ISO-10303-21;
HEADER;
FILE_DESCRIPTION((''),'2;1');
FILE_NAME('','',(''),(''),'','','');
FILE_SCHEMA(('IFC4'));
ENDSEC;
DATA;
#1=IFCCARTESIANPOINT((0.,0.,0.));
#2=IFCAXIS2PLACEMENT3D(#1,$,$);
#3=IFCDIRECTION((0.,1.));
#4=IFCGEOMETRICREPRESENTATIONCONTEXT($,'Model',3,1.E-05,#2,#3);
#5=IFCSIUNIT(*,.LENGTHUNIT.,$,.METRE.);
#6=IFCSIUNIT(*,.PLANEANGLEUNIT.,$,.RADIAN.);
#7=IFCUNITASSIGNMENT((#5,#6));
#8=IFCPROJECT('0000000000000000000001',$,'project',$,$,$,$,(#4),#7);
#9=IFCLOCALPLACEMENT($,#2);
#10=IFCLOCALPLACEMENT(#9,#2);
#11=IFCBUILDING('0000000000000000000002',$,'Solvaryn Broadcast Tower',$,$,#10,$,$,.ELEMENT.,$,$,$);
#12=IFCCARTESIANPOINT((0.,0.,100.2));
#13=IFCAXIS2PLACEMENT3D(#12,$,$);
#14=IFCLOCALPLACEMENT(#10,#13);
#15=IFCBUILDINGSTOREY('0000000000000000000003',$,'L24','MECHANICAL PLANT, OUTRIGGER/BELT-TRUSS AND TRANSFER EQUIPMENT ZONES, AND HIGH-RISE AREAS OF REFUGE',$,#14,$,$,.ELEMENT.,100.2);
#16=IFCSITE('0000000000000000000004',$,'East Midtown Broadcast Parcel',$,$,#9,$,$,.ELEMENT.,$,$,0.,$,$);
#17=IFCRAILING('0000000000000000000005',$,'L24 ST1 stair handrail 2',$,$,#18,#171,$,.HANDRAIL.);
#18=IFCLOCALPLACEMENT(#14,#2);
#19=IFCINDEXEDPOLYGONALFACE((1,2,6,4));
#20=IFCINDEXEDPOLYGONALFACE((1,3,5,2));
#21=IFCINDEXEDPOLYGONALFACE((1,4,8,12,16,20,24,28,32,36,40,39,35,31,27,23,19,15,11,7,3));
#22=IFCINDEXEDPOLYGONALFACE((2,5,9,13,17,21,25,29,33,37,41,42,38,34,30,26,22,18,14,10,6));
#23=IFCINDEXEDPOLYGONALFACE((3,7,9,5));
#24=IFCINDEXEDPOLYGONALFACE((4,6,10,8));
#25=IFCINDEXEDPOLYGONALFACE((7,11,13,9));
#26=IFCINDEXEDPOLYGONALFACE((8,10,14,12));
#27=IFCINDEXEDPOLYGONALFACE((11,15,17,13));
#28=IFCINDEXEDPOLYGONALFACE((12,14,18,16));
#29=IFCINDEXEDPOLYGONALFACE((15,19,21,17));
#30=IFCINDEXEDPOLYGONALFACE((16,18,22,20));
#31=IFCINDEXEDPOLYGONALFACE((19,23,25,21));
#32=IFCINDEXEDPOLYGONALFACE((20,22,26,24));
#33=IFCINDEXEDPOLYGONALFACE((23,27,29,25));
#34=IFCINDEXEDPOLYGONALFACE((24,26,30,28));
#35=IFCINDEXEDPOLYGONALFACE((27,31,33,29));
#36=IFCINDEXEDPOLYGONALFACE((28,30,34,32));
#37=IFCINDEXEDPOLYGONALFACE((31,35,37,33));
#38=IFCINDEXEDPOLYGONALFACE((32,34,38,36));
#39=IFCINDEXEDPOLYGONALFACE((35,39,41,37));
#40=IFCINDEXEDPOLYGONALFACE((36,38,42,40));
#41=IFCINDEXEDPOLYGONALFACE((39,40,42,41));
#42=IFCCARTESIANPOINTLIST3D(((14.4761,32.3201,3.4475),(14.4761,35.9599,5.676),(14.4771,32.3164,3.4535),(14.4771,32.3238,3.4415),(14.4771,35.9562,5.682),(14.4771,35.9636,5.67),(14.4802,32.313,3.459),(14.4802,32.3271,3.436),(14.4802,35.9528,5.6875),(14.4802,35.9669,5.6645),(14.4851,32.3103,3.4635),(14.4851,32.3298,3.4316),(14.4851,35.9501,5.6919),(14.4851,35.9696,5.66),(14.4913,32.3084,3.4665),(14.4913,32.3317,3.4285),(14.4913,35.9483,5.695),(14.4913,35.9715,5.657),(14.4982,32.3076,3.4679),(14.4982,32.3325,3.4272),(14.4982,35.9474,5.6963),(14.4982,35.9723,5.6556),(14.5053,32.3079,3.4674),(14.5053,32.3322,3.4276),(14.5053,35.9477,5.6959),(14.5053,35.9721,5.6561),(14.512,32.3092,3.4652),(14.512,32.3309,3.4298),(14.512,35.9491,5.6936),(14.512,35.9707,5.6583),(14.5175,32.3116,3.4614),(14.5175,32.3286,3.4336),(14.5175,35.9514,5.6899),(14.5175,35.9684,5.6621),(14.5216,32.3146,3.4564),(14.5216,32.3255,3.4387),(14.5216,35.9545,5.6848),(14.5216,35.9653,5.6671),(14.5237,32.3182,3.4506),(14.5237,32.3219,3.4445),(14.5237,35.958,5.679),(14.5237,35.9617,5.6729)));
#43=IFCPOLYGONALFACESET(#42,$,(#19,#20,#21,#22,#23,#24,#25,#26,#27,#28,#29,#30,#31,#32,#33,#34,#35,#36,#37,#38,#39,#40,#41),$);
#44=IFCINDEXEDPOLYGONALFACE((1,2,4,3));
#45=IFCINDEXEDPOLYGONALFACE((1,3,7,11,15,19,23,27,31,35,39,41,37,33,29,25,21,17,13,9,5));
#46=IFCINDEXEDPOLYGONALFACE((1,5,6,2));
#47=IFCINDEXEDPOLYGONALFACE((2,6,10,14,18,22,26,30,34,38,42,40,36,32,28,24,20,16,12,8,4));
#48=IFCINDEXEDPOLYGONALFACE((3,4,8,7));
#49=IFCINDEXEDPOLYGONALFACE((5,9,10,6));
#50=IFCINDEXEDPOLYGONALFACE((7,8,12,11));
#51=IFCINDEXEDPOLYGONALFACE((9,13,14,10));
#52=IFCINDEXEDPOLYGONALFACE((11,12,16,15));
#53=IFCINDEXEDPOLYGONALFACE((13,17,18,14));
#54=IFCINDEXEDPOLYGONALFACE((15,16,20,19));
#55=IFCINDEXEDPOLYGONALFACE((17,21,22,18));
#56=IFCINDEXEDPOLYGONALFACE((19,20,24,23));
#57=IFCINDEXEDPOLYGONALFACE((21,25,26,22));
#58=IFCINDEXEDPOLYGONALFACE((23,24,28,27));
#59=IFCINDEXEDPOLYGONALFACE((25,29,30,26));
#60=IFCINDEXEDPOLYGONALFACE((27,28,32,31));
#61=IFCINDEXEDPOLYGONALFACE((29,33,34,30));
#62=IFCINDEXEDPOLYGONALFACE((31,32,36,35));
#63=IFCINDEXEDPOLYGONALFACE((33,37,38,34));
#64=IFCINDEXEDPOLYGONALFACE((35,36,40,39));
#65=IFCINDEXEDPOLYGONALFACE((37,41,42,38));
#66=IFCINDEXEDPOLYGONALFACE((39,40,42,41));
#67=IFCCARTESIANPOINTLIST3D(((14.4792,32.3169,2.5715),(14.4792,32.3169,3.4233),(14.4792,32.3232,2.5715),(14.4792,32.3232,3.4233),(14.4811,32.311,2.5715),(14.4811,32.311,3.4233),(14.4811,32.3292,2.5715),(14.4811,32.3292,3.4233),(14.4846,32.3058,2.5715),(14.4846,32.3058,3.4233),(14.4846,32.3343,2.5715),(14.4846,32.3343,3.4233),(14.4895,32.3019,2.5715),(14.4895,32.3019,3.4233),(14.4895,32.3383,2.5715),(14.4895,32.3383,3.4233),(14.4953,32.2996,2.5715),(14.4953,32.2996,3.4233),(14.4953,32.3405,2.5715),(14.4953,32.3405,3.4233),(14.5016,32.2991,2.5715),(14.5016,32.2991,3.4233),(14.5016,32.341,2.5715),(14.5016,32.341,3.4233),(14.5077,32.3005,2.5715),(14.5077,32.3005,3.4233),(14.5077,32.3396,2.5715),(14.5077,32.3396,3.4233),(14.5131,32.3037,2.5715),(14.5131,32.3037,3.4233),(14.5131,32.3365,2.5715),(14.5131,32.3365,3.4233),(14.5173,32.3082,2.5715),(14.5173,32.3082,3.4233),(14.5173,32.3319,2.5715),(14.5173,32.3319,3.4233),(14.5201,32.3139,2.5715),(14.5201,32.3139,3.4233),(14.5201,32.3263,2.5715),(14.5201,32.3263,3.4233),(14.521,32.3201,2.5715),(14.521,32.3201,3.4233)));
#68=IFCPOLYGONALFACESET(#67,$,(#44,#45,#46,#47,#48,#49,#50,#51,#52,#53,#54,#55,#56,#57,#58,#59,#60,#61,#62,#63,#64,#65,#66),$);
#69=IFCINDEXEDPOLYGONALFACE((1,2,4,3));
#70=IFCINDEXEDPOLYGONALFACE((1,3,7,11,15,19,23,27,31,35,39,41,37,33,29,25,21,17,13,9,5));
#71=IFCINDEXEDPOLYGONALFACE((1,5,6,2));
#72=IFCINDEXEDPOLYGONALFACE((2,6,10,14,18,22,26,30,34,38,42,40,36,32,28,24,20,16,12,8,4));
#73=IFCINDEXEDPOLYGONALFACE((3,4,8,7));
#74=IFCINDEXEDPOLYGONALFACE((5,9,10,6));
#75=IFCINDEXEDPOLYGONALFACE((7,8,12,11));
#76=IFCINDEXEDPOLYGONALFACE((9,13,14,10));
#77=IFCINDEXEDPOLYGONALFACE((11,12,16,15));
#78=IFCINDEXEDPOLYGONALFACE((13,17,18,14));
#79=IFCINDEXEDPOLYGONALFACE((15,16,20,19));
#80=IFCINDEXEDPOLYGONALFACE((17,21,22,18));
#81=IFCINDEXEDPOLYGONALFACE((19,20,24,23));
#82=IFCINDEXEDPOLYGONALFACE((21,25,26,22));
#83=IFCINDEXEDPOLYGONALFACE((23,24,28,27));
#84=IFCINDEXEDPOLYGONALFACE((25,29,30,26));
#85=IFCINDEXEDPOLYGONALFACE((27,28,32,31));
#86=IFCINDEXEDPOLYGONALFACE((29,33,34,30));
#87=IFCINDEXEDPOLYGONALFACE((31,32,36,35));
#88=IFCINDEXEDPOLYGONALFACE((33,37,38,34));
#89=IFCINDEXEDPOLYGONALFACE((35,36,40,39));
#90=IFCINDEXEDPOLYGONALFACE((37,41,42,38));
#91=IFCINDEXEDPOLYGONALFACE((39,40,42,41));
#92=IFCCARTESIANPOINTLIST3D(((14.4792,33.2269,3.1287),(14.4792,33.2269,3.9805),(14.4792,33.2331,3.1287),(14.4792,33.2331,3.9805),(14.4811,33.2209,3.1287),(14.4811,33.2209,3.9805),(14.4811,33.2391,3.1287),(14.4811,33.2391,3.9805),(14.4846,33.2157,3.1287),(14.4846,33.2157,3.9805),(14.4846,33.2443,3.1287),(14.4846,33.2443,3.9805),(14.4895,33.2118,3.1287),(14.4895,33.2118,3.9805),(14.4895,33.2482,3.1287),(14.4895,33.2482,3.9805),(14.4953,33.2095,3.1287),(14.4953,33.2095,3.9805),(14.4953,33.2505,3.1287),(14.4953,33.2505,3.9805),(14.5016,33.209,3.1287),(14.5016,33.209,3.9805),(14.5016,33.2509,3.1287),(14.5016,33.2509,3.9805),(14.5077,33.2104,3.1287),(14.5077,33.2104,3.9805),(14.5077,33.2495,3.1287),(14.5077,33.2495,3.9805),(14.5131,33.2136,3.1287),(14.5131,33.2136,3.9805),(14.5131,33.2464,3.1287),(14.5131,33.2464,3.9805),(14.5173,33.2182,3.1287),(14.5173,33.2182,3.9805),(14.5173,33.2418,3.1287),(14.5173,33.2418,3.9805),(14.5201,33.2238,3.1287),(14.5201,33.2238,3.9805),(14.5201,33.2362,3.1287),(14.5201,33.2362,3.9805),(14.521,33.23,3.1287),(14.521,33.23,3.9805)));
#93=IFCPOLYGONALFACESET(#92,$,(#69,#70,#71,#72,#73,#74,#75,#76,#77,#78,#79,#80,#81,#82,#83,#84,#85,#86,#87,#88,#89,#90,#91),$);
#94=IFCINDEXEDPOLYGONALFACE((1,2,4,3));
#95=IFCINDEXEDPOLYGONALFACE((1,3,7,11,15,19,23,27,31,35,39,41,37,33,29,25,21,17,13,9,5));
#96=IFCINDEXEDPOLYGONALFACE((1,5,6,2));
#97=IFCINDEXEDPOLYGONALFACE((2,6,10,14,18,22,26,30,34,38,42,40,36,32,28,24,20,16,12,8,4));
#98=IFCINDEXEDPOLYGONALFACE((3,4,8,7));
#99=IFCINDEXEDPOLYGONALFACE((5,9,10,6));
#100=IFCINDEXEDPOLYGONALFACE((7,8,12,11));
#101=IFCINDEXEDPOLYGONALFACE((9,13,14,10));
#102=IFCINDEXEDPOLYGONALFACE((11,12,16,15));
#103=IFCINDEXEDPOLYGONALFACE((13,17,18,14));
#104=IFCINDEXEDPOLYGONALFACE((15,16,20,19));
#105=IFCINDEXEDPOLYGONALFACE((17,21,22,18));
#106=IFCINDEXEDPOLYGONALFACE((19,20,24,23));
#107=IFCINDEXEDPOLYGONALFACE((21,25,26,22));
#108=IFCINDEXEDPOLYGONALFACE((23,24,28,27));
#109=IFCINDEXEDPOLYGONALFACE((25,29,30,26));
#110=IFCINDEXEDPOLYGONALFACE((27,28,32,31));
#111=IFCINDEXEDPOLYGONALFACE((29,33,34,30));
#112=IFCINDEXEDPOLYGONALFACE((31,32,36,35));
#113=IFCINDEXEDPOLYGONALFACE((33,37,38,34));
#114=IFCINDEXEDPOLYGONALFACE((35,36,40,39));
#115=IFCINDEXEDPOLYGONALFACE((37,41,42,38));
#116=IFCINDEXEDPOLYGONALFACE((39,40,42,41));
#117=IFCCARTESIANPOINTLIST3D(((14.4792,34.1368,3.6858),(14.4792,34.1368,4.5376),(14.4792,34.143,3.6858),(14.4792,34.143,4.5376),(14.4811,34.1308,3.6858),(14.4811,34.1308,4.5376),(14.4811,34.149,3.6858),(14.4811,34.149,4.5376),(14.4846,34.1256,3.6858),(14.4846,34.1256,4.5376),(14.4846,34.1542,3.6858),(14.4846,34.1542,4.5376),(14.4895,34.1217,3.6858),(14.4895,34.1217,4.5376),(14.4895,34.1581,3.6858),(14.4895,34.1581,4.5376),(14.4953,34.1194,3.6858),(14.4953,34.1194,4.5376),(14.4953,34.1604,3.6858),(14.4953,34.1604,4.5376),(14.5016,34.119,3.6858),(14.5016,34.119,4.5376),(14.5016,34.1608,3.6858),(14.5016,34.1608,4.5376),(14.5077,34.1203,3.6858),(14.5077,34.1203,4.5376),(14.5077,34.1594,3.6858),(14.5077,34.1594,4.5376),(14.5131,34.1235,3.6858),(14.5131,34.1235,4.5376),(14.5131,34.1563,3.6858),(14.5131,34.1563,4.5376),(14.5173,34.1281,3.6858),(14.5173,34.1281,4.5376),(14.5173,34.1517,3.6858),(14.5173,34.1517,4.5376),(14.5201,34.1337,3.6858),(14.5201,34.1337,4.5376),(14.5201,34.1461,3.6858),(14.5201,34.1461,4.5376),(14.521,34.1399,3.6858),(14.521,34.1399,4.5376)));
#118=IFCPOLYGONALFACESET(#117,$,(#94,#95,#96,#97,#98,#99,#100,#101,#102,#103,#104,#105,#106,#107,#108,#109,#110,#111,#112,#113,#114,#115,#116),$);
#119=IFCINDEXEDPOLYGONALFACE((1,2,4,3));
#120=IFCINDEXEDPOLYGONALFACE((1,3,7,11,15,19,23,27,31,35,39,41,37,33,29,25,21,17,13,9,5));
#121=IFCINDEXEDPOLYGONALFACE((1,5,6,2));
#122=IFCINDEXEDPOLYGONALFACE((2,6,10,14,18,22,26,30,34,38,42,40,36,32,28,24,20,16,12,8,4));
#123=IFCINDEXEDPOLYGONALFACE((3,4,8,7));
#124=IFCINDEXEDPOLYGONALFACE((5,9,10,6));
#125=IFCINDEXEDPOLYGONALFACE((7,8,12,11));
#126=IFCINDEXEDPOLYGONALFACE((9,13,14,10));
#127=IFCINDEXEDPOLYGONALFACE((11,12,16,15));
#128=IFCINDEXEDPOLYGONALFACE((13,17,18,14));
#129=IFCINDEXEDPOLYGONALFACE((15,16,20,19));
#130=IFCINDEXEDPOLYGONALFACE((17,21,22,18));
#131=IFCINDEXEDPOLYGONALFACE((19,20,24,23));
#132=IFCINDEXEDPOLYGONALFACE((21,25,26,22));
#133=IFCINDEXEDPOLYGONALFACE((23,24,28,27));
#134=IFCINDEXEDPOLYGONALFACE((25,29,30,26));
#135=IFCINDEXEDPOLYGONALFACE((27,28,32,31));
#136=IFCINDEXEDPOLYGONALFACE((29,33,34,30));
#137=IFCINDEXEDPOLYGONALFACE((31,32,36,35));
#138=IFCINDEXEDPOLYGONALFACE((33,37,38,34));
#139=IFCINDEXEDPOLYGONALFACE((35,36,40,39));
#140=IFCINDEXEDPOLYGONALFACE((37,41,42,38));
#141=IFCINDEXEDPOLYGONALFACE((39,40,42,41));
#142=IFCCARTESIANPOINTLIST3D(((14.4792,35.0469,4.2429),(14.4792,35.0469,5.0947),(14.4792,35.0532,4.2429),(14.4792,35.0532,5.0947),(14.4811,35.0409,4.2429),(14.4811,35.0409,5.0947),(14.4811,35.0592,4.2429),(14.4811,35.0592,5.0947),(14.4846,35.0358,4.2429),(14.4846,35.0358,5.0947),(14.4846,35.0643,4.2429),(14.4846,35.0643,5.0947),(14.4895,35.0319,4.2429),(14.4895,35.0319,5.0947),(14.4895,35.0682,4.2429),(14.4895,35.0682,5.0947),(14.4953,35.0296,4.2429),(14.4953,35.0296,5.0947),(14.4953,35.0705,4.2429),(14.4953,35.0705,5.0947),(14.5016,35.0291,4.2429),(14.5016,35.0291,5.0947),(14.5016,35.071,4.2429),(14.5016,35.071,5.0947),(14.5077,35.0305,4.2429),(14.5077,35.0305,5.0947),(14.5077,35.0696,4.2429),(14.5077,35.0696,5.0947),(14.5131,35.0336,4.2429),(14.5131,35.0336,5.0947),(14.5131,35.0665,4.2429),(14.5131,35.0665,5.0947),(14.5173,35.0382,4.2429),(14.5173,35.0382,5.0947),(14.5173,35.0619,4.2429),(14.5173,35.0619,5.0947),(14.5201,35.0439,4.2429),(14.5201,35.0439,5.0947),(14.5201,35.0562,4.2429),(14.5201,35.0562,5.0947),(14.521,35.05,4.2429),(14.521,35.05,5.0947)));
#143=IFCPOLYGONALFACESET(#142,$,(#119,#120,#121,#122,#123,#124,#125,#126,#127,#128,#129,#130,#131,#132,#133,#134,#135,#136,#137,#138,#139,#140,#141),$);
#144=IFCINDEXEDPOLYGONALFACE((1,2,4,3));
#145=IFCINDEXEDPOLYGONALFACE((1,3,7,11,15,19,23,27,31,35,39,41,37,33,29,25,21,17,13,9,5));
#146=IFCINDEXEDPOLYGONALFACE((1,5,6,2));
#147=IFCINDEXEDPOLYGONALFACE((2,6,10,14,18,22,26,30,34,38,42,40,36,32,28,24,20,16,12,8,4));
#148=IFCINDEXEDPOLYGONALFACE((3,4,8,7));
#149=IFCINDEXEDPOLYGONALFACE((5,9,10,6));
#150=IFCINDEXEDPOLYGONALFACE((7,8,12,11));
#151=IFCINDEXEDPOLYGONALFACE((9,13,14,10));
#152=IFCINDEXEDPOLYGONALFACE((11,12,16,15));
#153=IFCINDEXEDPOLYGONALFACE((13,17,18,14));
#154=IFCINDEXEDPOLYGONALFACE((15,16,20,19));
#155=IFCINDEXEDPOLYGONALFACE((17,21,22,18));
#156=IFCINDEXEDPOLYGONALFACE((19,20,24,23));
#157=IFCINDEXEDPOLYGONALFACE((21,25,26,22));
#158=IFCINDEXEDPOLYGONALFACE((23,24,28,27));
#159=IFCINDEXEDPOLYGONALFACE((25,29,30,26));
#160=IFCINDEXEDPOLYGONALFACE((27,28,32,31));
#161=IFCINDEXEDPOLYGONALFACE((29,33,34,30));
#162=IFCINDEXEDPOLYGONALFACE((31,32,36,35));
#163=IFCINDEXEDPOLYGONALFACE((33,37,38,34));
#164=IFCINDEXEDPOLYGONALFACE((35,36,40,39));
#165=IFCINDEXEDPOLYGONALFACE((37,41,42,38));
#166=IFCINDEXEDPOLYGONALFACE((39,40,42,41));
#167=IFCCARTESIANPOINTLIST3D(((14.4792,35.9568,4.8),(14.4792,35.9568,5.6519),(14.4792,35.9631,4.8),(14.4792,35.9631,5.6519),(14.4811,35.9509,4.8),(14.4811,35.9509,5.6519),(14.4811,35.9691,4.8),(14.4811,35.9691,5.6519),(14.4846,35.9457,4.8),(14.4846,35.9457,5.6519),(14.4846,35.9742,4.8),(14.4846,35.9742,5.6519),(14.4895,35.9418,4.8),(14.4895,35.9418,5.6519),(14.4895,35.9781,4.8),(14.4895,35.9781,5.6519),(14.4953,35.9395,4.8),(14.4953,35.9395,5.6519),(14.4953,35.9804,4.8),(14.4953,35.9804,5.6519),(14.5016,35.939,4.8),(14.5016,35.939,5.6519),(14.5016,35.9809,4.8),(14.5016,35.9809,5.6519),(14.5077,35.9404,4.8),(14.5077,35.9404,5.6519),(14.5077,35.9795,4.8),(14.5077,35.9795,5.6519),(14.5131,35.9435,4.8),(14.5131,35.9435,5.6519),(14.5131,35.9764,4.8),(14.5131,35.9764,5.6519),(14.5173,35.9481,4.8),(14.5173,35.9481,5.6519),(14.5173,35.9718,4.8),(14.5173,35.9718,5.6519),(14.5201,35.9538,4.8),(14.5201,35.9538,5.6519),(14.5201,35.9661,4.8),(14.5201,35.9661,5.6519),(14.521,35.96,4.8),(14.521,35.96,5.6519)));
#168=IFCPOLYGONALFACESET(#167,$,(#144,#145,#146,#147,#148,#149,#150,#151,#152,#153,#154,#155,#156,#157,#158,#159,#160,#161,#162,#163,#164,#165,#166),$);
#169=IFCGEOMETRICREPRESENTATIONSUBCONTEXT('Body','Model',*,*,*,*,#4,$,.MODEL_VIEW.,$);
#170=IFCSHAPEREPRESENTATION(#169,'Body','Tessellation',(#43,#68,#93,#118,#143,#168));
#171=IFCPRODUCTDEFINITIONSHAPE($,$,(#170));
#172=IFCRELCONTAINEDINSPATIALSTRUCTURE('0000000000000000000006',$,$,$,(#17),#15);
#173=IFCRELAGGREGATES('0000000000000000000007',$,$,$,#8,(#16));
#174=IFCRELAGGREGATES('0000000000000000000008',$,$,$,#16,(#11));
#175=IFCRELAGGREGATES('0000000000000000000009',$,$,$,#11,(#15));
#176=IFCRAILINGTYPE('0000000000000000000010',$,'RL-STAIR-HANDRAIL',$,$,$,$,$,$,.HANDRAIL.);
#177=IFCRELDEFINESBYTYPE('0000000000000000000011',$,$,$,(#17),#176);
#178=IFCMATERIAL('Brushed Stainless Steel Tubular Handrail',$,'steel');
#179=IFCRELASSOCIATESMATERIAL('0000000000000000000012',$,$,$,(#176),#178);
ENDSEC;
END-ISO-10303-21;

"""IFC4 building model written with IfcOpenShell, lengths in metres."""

from ifc_helpers import new_model, si_unit, direction, frame, origin, origin_2d, place, context, subcontext, project, spatial, circle, extrude, material, type_object, element, save


model = new_model("IFC4")

# Units and contexts
model_context = context("Model", 3, precision=1e-05, world=origin(), true_north=direction((0.0, 1.0)))
body_context = subcontext(model_context, "Body", "Model", "MODEL_VIEW")
ifc_project = project(units=[si_unit("LENGTHUNIT", "METRE"), si_unit("PLANEANGLEUNIT", "RADIAN")], contexts=[model_context])

# Site, building, storey
site_placement = place(None, origin())
site = spatial("IfcSite", under=ifc_project, at=site_placement, Name="East Midtown Broadcast Parcel", CompositionType="ELEMENT", RefElevation=0.0)
building_placement = place(site_placement, origin())
building = spatial("IfcBuilding", under=site, at=building_placement, Name="Solvaryn Broadcast Tower", CompositionType="ELEMENT")
storey_placement = place(building_placement, frame((0.0, 0.0, 100.2)))
storey = spatial("IfcBuildingStorey", under=building, at=storey_placement, Name="L24", Description="MECHANICAL PLANT, OUTRIGGER/BELT-TRUSS AND TRANSFER EQUIPMENT ZONES, AND HIGH-RISE AREAS OF REFUGE", CompositionType="ELEMENT", Elevation=100.2)

# Railing
ifc_material_1 = material(Name="Brushed Stainless Steel Tubular Handrail", Category="steel")
railing_type_1 = type_object("IfcRailingType", Name="RL-STAIR-HANDRAIL", PredefinedType="HANDRAIL", material=ifc_material_1)
for number, where, name in (
    (1, (14.5, 32.3201, 2.5715), "L24 ST1 stair handrail 2"),
):
    element("IfcRailing", number, at=place(storey_placement, frame(where)), inside=storey, type_object=railing_type_1, Name=name, PredefinedType="HANDRAIL", context=body_context, shape_type="SweptSolid", body=[
        extrude(circle(Radius=0.0239, at=origin_2d()), frame((0.0, 0.0, 0.876), z_axis=(0.0, 0.85285, 0.522156), x_axis=(-1.0, 0.0, 0.0)), (0.0, 0.0, 1.0), 4.2678),
        extrude(circle(Radius=0.021, at=origin_2d()), origin(), (0.0, 0.0, 1.0), 0.8518),
        extrude(circle(Radius=0.021, at=origin_2d()), frame((0.0, 0.9099, 0.5571)), (0.0, 0.0, 1.0), 0.8518),
        extrude(circle(Radius=0.021, at=origin_2d()), frame((0.0, 1.8198, 1.1143)), (0.0, 0.0, 1.0), 0.8518),
        extrude(circle(Radius=0.021, at=origin_2d()), frame((0.0, 2.73, 1.6714)), (0.0, 0.0, 1.0), 0.8518),
        extrude(circle(Radius=0.021, at=origin_2d()), frame((0.0, 3.6399, 2.2285)), (0.0, 0.0, 1.0), 0.8518),
    ])

save(model, "model.ifc")
